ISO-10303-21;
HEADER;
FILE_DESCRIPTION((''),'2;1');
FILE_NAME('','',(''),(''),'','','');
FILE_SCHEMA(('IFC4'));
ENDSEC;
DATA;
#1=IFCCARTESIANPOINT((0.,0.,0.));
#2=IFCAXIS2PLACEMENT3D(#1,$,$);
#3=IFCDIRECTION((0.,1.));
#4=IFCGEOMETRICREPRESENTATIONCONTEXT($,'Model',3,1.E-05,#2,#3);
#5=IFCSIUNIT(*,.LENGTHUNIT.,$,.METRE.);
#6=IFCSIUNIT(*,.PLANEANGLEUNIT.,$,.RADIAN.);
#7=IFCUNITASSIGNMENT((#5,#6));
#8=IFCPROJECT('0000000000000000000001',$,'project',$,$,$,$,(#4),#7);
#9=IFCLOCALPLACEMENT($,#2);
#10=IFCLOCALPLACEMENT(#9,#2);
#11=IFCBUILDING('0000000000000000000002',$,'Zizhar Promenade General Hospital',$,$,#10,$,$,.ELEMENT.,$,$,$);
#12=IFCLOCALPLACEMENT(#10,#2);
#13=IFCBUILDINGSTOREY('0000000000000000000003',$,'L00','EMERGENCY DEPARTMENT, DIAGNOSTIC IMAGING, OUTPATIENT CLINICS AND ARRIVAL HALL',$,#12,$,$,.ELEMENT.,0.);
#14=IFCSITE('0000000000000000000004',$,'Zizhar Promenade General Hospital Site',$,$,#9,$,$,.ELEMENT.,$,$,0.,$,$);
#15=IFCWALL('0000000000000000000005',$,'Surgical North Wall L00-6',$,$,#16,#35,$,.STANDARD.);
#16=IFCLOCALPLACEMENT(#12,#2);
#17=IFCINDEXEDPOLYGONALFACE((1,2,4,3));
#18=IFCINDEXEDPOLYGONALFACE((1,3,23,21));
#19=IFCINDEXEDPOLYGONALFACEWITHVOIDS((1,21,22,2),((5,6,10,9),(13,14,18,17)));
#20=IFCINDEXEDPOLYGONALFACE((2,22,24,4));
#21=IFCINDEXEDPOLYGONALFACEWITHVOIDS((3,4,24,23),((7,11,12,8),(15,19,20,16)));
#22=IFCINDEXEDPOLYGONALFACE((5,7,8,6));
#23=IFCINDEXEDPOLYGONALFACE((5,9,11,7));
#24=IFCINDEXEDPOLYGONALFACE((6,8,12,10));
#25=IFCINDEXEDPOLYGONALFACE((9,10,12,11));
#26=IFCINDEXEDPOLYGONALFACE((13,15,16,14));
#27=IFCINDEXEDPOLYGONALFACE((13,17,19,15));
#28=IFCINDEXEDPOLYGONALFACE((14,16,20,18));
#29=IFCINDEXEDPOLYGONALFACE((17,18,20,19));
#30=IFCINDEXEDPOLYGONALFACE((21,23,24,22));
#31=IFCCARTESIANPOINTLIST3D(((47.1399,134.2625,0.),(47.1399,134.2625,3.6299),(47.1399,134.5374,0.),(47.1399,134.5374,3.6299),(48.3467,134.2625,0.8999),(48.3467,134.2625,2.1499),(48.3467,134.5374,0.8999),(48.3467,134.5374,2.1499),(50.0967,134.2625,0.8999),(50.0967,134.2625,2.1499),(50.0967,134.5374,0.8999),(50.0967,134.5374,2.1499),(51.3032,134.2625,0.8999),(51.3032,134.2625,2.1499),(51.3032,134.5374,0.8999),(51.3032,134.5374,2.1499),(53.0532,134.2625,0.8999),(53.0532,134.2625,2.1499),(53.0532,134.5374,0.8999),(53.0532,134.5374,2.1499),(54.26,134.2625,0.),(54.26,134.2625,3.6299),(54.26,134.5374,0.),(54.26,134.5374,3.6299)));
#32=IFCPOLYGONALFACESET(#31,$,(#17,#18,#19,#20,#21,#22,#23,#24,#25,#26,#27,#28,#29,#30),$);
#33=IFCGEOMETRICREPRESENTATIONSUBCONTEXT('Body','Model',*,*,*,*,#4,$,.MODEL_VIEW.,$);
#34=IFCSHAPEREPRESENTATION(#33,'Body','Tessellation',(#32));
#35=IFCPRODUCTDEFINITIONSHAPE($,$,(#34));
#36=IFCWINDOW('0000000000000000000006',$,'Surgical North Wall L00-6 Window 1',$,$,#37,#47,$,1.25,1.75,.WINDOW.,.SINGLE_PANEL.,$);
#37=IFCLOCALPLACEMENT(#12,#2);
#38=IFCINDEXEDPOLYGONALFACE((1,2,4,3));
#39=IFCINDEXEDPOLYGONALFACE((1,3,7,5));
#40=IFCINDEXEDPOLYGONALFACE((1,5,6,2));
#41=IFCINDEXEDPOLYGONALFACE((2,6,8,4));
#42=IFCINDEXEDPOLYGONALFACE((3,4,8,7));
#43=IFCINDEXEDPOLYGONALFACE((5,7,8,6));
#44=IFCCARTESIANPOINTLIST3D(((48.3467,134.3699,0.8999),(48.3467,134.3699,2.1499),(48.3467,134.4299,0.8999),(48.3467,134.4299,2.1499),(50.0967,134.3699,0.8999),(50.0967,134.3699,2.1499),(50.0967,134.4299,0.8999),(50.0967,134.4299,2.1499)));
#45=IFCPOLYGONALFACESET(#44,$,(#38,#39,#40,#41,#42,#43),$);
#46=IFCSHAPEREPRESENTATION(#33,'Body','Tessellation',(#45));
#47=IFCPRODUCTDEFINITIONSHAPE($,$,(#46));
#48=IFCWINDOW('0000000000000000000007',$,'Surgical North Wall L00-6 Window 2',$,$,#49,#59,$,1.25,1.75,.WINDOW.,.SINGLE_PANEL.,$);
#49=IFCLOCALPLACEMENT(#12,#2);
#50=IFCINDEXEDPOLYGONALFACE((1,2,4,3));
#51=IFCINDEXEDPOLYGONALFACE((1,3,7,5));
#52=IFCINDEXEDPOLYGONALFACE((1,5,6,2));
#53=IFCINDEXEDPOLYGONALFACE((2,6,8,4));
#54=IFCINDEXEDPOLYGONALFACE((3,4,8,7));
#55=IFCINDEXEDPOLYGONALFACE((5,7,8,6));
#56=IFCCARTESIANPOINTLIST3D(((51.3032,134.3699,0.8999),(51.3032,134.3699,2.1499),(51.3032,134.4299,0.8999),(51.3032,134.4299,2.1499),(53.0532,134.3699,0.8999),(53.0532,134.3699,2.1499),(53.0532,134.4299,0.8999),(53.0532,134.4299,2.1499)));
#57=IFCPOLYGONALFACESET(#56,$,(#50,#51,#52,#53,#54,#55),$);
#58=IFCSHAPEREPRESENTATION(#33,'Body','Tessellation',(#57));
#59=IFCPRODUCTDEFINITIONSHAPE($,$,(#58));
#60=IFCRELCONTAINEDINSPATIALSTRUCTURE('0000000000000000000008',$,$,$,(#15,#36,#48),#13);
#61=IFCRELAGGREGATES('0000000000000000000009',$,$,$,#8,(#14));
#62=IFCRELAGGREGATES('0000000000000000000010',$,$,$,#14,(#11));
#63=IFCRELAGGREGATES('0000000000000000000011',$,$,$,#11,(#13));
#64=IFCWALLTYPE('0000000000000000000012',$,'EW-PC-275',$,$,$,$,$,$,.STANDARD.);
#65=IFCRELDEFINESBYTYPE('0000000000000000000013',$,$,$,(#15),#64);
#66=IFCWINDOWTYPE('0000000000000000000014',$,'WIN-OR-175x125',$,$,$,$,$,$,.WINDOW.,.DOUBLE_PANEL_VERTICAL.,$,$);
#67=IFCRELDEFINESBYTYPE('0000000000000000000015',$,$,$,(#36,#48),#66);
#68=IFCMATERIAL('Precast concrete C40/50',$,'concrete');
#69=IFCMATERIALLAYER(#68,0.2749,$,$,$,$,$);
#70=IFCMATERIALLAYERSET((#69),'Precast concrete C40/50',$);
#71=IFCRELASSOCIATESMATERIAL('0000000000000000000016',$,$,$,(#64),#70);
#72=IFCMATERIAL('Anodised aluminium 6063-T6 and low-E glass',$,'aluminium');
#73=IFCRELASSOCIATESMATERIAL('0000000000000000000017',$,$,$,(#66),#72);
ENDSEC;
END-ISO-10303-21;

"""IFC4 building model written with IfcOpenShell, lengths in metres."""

from ifc_helpers import new_model, si_unit, direction, frame, frame_2d, origin, place, context, subcontext, project, spatial, rectangle, extrude, material, layer, layer_set, type_object, element, fill, save


model = new_model("IFC4")

# Units and contexts
model_context = context("Model", 3, precision=1e-05, world=origin(), true_north=direction((0.0, 1.0)))
body_context = subcontext(model_context, "Body", "Model", "MODEL_VIEW")
ifc_project = project(units=[si_unit("LENGTHUNIT", "METRE"), si_unit("PLANEANGLEUNIT", "RADIAN")], contexts=[model_context])

# Site, building, storey
site_placement = place(None, origin())
site = spatial("IfcSite", under=ifc_project, at=site_placement, Name="Zizhar Promenade General Hospital Site", CompositionType="ELEMENT", RefElevation=0.0)
building_placement = place(site_placement, origin())
building = spatial("IfcBuilding", under=site, at=building_placement, Name="Zizhar Promenade General Hospital", CompositionType="ELEMENT")
storey_placement = place(building_placement, origin())
storey = spatial("IfcBuildingStorey", under=building, at=storey_placement, Name="L00", Description="EMERGENCY DEPARTMENT, DIAGNOSTIC IMAGING, OUTPATIENT CLINICS AND ARRIVAL HALL", CompositionType="ELEMENT", Elevation=0.0)

# Wall, openings, windows
ifc_material_1 = material(Name="Precast concrete C40/50", Category="concrete")
ifc_layer_1 = layer(ifc_material_1, 0.2749)
ifc_layer_set_1 = layer_set([ifc_layer_1], Name="Precast concrete C40/50")
wall_type = type_object("IfcWallType", Name="EW-PC-275", PredefinedType="STANDARD", material=ifc_layer_set_1)
ifc_material_2 = material(Name="Anodised aluminium 6063-T6 and low-E glass", Category="aluminium")
window_type = type_object("IfcWindowType", Name="WIN-OR-175x125", PartitioningType="DOUBLE_PANEL_VERTICAL", PredefinedType="WINDOW", material=ifc_material_2)
wall_1_placement = place(storey_placement, frame((47.1399, 134.3999, 0.0), z_axis=(0.0, 0.0, 1.0), x_axis=(1.0, 0.0, 0.0)))
wall_1 = element("IfcWall", 1, at=wall_1_placement, inside=storey, type_object=wall_type, Name="Surgical North Wall L00-6", PredefinedType="STANDARD", context=body_context, shape_type="SweptSolid", body=[
    extrude(rectangle(XDim=7.1201, YDim=0.2749, at=frame_2d((3.5601, 0.0))), origin(), (0.0, 0.0, 1.0), 3.6299),
])
opening_1_placement = place(wall_1_placement, frame((1.2068, 0.0, 0.8999)))
opening_1 = element("IfcOpeningElement", 2, at=opening_1_placement, cuts=wall_1, PredefinedType="OPENING", context=body_context, shape_type="SweptSolid", body=[
    extrude(rectangle(XDim=1.75, YDim=1.25, at=frame_2d((0.875, 0.625))), frame((0.0, 0.1475, 0.0), z_axis=(0.0, -1.0, 0.0), x_axis=(1.0, 0.0, 0.0)), (0.0, 0.0, 1.0), 0.2949),
])
opening_2_placement = place(wall_1_placement, frame((4.1633, 0.0, 0.8999)))
opening_2 = element("IfcOpeningElement", 3, at=opening_2_placement, cuts=wall_1, PredefinedType="OPENING", context=body_context, shape_type="SweptSolid", body=[
    extrude(rectangle(XDim=1.75, YDim=1.25, at=frame_2d((0.875, 0.625))), frame((0.0, 0.1475, 0.0), z_axis=(0.0, -1.0, 0.0), x_axis=(1.0, 0.0, 0.0)), (0.0, 0.0, 1.0), 0.2949),
])
window_1_placement = place(opening_1_placement, origin())
window_1 = element("IfcWindow", 4, at=window_1_placement, inside=storey, type_object=window_type, Name="Surgical North Wall L00-6 Window 1", OverallHeight=1.25, OverallWidth=1.75, PartitioningType="SINGLE_PANEL", PredefinedType="WINDOW", context=body_context, shape_type="SweptSolid", body=[
    extrude(rectangle(XDim=1.75, YDim=1.25, at=frame_2d((0.875, 0.625))), frame((0.0, 0.03, 0.0), z_axis=(0.0, -1.0, 0.0), x_axis=(1.0, 0.0, 0.0)), (0.0, 0.0, 1.0), 0.0601),
])
fill(opening_1, window_1)
window_2_placement = place(opening_2_placement, origin())
window_2 = element("IfcWindow", 5, at=window_2_placement, inside=storey, type_object=window_type, Name="Surgical North Wall L00-6 Window 2", OverallHeight=1.25, OverallWidth=1.75, PartitioningType="SINGLE_PANEL", PredefinedType="WINDOW", context=body_context, shape_type="SweptSolid", body=[
    extrude(rectangle(XDim=1.75, YDim=1.25, at=frame_2d((0.875, 0.625))), frame((0.0, 0.03, 0.0), z_axis=(0.0, -1.0, 0.0), x_axis=(1.0, 0.0, 0.0)), (0.0, 0.0, 1.0), 0.0601),
])
fill(opening_2, window_2)

save(model, "model.ifc")
